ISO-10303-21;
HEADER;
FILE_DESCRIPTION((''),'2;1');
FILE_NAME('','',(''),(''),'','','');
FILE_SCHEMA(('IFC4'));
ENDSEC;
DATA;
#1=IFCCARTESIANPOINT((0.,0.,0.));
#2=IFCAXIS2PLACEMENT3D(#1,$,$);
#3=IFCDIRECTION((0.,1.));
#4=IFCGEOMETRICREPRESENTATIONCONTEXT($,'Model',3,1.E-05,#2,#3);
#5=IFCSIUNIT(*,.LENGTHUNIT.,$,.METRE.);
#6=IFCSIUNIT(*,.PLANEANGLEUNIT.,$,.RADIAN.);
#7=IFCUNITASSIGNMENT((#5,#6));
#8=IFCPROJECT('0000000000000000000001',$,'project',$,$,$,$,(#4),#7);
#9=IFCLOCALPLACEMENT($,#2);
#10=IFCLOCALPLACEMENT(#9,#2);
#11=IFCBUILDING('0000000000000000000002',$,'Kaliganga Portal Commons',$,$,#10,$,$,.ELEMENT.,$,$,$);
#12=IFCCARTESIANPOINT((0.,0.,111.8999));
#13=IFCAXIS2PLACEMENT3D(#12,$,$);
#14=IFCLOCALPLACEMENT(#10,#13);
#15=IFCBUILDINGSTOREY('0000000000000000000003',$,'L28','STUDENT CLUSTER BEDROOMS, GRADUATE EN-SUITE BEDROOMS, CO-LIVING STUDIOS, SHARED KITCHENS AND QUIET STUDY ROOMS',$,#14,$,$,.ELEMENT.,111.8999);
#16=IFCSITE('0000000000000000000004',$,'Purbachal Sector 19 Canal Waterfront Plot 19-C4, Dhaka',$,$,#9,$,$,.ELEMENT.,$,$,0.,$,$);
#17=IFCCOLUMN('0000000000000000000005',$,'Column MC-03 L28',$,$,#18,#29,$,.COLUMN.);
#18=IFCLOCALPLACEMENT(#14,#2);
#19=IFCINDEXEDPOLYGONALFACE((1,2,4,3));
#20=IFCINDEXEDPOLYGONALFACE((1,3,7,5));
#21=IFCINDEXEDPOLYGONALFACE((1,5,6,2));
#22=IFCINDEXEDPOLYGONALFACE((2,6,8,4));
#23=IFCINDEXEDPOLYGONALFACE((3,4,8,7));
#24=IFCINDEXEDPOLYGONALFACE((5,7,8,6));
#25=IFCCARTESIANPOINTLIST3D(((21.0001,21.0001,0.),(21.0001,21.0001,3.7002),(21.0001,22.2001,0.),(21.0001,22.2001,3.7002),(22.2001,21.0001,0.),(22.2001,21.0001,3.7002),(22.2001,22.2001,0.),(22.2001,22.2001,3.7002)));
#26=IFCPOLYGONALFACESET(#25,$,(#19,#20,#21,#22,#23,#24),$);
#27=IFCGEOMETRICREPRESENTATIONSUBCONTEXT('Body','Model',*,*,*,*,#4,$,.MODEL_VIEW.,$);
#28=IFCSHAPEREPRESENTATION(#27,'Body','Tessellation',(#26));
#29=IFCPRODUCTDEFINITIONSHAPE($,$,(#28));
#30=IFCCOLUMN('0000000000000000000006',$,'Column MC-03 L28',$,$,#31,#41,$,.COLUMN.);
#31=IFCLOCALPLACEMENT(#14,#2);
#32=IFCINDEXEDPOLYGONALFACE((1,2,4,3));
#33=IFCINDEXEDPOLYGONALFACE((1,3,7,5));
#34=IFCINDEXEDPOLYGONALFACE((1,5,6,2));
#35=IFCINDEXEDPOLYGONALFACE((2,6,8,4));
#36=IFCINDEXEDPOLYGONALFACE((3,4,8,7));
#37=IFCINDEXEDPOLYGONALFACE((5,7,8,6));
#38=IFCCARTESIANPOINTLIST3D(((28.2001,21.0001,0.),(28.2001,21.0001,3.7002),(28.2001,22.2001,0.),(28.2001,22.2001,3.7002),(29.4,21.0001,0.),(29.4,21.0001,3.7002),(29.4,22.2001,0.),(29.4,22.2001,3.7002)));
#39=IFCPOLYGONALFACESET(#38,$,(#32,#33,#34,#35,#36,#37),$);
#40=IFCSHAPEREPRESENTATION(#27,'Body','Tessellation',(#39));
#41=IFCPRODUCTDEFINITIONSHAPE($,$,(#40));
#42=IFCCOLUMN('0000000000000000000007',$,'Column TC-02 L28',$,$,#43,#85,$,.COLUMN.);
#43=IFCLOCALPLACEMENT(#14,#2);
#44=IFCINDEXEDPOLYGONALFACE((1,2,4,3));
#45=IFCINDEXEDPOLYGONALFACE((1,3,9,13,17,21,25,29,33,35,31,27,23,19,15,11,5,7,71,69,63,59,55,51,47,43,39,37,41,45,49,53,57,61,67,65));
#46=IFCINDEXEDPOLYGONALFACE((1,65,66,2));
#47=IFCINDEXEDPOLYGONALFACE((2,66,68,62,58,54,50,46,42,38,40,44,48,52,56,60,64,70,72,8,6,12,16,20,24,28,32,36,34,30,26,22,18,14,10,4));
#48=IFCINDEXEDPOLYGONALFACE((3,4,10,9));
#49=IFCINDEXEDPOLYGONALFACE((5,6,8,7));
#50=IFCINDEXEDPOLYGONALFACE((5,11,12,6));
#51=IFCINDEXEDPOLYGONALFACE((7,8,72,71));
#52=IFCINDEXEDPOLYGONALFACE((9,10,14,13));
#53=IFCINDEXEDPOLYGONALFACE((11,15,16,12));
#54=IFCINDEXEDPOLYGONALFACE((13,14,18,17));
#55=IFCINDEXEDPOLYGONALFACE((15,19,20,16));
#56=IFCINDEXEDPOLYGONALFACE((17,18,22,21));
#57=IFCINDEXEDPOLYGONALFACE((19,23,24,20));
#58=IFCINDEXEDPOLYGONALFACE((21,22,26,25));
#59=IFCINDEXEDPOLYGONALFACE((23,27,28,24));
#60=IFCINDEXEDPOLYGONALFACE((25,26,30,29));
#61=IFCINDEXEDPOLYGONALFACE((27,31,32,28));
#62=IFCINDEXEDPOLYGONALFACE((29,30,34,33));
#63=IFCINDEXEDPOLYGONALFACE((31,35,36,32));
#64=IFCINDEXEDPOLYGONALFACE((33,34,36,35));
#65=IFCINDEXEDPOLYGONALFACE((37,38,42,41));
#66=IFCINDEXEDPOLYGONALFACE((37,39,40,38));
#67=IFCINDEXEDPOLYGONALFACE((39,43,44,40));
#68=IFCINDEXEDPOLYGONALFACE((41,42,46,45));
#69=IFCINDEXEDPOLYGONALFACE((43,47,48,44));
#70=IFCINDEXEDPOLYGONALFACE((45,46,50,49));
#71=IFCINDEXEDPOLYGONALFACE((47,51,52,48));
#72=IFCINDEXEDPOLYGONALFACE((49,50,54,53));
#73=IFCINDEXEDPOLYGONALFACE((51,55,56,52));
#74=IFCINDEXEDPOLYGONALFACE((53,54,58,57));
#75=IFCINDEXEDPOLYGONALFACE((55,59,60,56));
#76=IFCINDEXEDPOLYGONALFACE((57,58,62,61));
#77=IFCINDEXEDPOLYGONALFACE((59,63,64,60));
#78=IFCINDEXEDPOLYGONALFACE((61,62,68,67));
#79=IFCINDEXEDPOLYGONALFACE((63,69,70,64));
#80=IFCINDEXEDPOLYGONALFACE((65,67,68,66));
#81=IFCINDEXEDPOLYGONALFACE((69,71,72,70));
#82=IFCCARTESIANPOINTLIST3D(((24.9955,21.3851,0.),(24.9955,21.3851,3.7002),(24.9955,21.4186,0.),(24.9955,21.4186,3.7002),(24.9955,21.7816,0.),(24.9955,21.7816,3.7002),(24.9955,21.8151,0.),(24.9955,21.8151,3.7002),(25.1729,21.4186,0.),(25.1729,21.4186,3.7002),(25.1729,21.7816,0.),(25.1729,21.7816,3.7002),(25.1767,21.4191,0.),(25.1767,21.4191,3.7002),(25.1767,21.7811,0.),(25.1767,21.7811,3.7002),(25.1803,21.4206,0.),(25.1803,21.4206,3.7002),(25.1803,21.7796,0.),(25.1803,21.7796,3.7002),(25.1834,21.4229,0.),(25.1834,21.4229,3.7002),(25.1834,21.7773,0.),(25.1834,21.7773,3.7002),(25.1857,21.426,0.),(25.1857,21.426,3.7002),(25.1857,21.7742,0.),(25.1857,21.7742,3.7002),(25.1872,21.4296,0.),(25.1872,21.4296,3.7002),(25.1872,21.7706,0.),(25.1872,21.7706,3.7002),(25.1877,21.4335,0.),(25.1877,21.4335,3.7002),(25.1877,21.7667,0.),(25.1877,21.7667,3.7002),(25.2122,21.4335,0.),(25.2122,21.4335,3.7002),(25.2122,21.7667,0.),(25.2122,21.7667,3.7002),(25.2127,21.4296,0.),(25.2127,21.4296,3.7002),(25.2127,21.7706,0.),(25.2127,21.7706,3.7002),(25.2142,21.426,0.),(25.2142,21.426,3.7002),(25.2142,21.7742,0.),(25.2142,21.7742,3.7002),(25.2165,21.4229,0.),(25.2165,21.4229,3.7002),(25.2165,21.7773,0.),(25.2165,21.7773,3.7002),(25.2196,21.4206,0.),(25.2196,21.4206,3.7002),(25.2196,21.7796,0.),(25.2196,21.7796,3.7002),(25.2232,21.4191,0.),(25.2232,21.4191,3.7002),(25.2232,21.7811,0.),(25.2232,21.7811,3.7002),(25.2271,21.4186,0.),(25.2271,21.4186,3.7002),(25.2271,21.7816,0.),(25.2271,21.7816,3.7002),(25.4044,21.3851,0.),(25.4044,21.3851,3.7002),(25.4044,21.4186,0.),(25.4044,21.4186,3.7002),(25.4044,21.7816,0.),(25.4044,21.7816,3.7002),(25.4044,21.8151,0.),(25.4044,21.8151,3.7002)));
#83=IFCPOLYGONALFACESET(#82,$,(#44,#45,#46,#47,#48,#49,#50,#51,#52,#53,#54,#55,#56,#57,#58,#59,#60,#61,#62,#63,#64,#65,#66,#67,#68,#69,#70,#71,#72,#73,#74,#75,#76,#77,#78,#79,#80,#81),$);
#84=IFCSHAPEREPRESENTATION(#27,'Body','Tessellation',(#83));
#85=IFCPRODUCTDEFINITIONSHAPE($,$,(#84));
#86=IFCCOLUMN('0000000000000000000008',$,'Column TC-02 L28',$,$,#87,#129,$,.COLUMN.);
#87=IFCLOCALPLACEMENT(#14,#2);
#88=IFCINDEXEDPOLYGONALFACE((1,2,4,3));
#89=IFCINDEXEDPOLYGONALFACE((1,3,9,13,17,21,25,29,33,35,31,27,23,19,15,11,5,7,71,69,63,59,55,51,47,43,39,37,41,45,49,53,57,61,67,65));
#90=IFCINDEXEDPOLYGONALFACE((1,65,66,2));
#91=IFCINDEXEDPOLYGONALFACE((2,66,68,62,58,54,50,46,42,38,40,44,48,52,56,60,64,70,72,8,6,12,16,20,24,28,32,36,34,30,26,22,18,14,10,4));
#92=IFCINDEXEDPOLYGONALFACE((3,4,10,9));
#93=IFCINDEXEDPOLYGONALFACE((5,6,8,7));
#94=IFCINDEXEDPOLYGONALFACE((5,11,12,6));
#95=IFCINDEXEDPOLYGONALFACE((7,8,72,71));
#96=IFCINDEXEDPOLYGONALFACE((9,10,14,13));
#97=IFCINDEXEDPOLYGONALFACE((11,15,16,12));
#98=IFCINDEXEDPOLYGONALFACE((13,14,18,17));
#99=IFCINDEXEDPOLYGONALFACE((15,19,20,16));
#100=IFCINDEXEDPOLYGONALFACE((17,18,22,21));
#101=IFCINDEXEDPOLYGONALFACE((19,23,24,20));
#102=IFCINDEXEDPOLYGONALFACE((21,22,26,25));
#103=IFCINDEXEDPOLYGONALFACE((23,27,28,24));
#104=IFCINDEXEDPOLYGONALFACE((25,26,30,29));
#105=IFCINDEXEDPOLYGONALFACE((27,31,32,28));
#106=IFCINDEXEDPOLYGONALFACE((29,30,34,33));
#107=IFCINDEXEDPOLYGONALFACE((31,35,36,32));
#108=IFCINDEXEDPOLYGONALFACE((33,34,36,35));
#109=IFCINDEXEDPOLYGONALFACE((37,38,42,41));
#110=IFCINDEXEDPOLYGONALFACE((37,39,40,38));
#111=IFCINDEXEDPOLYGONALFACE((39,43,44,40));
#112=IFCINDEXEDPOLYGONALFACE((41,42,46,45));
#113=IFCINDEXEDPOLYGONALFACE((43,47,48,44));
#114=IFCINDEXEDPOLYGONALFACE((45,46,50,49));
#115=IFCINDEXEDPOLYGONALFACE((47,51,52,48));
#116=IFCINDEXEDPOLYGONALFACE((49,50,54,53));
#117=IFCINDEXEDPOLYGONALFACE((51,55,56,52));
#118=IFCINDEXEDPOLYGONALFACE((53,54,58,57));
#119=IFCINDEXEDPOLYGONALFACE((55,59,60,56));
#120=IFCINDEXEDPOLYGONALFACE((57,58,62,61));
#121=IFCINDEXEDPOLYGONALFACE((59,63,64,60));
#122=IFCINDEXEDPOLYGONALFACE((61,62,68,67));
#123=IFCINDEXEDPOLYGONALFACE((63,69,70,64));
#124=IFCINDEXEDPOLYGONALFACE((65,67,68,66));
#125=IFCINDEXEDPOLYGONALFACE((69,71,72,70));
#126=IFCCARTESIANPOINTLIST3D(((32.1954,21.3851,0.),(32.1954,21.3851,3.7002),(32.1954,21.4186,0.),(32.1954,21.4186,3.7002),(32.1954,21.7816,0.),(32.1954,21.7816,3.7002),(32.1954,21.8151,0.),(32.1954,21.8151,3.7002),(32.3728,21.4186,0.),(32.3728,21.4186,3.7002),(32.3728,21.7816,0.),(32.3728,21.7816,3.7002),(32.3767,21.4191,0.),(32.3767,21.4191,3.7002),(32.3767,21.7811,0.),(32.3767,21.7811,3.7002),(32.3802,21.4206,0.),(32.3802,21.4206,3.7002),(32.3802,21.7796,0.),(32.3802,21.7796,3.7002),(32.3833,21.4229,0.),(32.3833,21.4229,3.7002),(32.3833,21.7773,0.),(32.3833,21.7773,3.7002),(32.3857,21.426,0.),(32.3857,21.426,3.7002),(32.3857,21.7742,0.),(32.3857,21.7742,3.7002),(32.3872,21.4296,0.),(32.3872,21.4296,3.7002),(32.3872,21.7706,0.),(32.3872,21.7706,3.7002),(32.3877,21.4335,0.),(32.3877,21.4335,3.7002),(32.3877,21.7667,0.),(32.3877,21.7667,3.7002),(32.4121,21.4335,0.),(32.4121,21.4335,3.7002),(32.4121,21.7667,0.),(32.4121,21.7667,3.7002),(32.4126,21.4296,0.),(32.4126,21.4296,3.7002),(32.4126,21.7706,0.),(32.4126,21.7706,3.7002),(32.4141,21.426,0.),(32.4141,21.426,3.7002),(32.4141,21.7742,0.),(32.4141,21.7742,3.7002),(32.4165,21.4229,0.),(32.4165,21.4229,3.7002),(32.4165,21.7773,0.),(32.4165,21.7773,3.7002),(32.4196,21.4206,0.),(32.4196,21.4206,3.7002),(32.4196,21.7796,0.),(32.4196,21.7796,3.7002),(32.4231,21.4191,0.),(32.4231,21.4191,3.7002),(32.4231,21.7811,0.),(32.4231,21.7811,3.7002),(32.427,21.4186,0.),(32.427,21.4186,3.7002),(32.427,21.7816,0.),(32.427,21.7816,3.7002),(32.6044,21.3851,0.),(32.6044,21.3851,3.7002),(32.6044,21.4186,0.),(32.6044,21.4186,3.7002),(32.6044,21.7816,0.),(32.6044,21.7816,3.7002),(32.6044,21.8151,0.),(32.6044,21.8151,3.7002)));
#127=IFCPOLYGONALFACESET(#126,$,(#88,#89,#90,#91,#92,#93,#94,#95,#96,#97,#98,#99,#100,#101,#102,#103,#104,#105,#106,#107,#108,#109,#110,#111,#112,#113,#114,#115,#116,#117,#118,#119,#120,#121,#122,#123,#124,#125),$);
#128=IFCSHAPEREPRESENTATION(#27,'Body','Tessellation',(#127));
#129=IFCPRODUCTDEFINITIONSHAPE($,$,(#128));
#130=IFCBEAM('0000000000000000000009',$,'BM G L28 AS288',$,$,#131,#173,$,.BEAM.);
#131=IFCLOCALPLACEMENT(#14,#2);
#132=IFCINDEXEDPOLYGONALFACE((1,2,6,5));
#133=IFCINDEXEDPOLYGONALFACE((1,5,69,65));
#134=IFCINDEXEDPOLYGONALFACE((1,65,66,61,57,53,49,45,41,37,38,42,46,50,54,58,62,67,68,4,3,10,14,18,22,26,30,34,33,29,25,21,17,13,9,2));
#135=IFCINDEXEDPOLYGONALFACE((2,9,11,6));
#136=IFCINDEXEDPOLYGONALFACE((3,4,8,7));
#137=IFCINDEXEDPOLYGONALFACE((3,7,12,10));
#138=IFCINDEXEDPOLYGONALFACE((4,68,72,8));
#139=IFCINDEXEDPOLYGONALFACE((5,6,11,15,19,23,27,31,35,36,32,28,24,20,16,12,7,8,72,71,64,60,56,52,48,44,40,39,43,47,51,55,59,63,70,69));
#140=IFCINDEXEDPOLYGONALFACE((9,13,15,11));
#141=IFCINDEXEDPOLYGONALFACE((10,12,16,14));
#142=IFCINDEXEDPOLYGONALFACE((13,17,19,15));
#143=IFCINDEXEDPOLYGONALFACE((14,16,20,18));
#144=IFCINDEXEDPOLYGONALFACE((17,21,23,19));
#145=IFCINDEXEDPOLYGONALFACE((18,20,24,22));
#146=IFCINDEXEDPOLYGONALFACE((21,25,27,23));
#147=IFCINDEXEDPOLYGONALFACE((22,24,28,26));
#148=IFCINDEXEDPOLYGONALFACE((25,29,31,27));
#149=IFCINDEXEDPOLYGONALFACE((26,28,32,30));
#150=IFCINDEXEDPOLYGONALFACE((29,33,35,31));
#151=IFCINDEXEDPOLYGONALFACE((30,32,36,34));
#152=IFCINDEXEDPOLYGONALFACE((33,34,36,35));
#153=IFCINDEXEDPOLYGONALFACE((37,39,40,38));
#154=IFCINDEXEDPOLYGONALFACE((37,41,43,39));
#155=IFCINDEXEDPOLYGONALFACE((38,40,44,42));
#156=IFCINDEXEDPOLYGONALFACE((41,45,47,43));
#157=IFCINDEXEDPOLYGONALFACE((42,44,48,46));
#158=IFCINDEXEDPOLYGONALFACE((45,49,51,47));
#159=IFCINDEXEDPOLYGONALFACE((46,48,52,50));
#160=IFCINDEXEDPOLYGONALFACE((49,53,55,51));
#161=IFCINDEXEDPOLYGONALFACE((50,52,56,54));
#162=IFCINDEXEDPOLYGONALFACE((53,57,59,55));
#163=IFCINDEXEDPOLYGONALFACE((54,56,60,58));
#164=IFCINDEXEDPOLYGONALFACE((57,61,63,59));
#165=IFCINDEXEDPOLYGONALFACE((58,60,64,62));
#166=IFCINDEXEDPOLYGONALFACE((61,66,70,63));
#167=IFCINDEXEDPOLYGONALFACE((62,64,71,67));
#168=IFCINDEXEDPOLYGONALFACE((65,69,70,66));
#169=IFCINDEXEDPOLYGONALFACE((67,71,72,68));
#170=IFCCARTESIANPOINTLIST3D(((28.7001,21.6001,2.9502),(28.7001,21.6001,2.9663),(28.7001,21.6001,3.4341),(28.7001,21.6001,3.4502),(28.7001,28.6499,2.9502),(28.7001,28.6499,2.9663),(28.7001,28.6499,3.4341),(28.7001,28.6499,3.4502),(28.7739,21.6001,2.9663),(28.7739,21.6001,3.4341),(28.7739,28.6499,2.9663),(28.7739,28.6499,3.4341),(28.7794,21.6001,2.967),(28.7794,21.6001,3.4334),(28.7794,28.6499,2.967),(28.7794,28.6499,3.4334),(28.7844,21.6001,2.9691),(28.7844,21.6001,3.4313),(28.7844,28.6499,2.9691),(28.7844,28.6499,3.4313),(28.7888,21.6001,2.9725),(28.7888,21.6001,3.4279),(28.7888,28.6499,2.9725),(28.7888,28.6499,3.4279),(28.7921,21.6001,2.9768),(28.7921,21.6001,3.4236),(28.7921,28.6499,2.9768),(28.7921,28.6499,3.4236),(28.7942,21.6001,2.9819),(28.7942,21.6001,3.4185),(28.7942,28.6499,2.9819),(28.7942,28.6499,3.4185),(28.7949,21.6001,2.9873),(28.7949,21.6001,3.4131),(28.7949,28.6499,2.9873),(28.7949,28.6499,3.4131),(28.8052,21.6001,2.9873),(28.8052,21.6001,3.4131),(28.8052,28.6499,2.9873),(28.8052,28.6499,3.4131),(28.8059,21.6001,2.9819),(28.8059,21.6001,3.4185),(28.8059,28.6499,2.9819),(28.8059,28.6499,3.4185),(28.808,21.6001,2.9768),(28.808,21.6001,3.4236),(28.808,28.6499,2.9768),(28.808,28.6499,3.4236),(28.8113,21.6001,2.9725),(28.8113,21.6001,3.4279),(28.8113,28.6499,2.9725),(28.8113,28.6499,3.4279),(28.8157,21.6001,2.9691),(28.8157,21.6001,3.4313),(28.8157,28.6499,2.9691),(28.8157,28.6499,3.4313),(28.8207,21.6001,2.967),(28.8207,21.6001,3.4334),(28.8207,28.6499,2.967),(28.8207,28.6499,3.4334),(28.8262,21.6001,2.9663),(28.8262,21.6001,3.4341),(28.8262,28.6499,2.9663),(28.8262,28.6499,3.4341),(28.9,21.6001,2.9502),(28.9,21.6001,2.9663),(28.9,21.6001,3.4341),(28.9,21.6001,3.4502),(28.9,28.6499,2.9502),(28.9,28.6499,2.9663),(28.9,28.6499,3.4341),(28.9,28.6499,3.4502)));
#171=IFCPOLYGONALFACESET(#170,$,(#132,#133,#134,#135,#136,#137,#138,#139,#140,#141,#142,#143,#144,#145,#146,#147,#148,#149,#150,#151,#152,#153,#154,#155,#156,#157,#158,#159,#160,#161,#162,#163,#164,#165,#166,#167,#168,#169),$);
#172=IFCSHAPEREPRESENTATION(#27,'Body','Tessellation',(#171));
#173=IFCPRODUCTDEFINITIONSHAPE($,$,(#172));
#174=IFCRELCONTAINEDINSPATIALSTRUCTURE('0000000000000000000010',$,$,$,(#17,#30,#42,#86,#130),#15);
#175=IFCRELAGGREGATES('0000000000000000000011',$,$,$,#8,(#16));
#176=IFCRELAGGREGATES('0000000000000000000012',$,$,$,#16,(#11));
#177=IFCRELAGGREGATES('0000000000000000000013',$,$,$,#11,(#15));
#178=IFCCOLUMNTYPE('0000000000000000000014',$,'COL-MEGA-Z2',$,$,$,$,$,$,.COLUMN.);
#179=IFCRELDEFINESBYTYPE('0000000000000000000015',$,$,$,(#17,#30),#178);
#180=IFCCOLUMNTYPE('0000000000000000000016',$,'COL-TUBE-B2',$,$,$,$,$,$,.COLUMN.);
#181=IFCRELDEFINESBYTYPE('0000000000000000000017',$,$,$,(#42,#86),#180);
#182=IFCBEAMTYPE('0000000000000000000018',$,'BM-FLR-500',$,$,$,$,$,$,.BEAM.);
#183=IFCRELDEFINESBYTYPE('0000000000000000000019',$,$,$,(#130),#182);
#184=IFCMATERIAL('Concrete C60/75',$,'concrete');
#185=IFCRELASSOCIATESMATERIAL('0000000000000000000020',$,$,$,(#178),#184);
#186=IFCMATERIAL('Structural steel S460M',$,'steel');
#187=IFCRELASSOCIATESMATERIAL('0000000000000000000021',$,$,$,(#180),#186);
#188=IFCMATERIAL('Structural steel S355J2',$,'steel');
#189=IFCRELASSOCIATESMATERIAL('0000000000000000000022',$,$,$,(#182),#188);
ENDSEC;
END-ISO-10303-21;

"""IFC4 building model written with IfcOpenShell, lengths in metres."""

from ifc_helpers import new_model, si_unit, direction, frame, origin, origin_2d, place, context, subcontext, project, spatial, rectangle, i_section, extrude, source, transform, mapped, material, material_profile, profile_set, type_object, element, save


model = new_model("IFC4")

# Units and contexts
model_context = context("Model", 3, precision=1e-05, world=origin(), true_north=direction((0.0, 1.0)))
body_context = subcontext(model_context, "Body", "Model", "MODEL_VIEW")
ifc_project = project(units=[si_unit("LENGTHUNIT", "METRE"), si_unit("PLANEANGLEUNIT", "RADIAN")], contexts=[model_context])

# Site, building, storey
site_placement = place(None, origin())
site = spatial("IfcSite", under=ifc_project, at=site_placement, Name="Purbachal Sector 19 Canal Waterfront Plot 19-C4, Dhaka", CompositionType="ELEMENT", RefElevation=0.0)
building_placement = place(site_placement, origin())
building = spatial("IfcBuilding", under=site, at=building_placement, Name="Kaliganga Portal Commons", CompositionType="ELEMENT")
storey_placement = place(building_placement, frame((0.0, 0.0, 111.8999)))
storey = spatial("IfcBuildingStorey", under=building, at=storey_placement, Name="L28", Description="STUDENT CLUSTER BEDROOMS, GRADUATE EN-SUITE BEDROOMS, CO-LIVING STUDIOS, SHARED KITCHENS AND QUIET STUDY ROOMS", CompositionType="ELEMENT", Elevation=111.8999)

# Columns
ifc_material_1 = material(Name="Concrete C60/75", Category="concrete")
ifc_material_profile_1 = material_profile(ifc_material_1, rectangle(XDim=1.2, YDim=1.2, at=origin_2d()), Name="RC 1200x1200")
ifc_profile_set_1 = profile_set([ifc_material_profile_1], Name="Concrete C60/75")
column_type_1 = type_object("IfcColumnType", Name="COL-MEGA-Z2", PredefinedType="COLUMN", material=ifc_profile_set_1)
shared_shape_1 = source(origin(), body_context, "Body", "SweptSolid", [
    extrude(rectangle(XDim=1.2, YDim=1.2, at=origin_2d()), origin(), (0.0, 0.0, 1.0), 3.7002),
])
for number, where, z_axis, x_axis, name in (
    (1, (21.6001, 21.6001, 0.0), (0.0, 0.0, 1.0), (1.0, 0.0, 0.0), "Column MC-03 L28"),
    (2, (28.8, 21.6001, 0.0), (0.0, 0.0, 1.0), (1.0, 0.0, 0.0), "Column MC-03 L28"),
):
    element("IfcColumn", number, at=place(storey_placement, frame(where, z_axis=z_axis, x_axis=x_axis)), inside=storey, type_object=column_type_1, Name=name, PredefinedType="COLUMN", context=body_context, shape_type="MappedRepresentation", body=[
        mapped(shared_shape_1, transform((0.0, 0.0, 0.0), x_axis=(1.0, 0.0, 0.0), y_axis=(0.0, 1.0, 0.0), z_axis=(0.0, 0.0, 1.0), scale=1.0)),
    ])
ifc_material_2 = material(Name="Structural steel S460M", Category="steel")
ifc_material_profile_2 = material_profile(ifc_material_2, i_section(OverallWidth=0.4089, OverallDepth=0.4299, WebThickness=0.0244, FlangeThickness=0.0334, FilletRadius=0.0149, at=origin_2d()), Name="HD 400x421")
ifc_profile_set_2 = profile_set([ifc_material_profile_2], Name="Structural steel S460M wide-flange")
column_type_2 = type_object("IfcColumnType", Name="COL-TUBE-B2", PredefinedType="COLUMN", material=ifc_profile_set_2)
shared_shape_2 = source(origin(), body_context, "Body", "SweptSolid", [
    extrude(i_section(OverallWidth=0.4089, OverallDepth=0.4299, WebThickness=0.0244, FlangeThickness=0.0334, FilletRadius=0.0149, at=origin_2d()), origin(), (0.0, 0.0, 1.0), 3.7002),
])
for number, where, z_axis, x_axis, name in (
    (3, (25.2, 21.6001, 0.0), (0.0, 0.0, 1.0), (1.0, 0.0, 0.0), "Column TC-02 L28"),
    (4, (32.3999, 21.6001, 0.0), (0.0, 0.0, 1.0), (1.0, 0.0, 0.0), "Column TC-02 L28"),
):
    element("IfcColumn", number, at=place(storey_placement, frame(where, z_axis=z_axis, x_axis=x_axis)), inside=storey, type_object=column_type_2, Name=name, PredefinedType="COLUMN", context=body_context, shape_type="MappedRepresentation", body=[
        mapped(shared_shape_2, transform((0.0, 0.0, 0.0), x_axis=(1.0, 0.0, 0.0), y_axis=(0.0, 1.0, 0.0), z_axis=(0.0, 0.0, 1.0), scale=1.0)),
    ])

# Beam
ifc_material_3 = material(Name="Structural steel S355J2", Category="steel")
ifc_material_profile_3 = material_profile(ifc_material_3, i_section(OverallWidth=0.2, OverallDepth=0.5, WebThickness=0.0103, FlangeThickness=0.0161, FilletRadius=0.021, at=origin_2d()), Name="IPE 500")
ifc_profile_set_3 = profile_set([ifc_material_profile_3], Name="Structural steel S355J2 wide-flange")
beam_type_1 = type_object("IfcBeamType", Name="BM-FLR-500", PredefinedType="BEAM", material=ifc_profile_set_3)
shared_shape_3 = source(origin(), body_context, "Body", "SweptSolid", [
    extrude(i_section(OverallWidth=0.2, OverallDepth=0.5, WebThickness=0.0103, FlangeThickness=0.0161, FilletRadius=0.021, at=origin_2d()), origin(), (0.0, 0.0, 1.0), 7.0498),
])
beam_1_placement = place(storey_placement, frame((28.8, 21.6001, 3.2002), z_axis=(0.0, 1.0, 0.0), x_axis=(-1.0, 0.0, 0.0)))
element("IfcBeam", 5, at=beam_1_placement, inside=storey, type_object=beam_type_1, Name="BM G L28 AS288", PredefinedType="BEAM", context=body_context, shape_type="MappedRepresentation", body=[
    mapped(shared_shape_3, transform((0.0, 0.0, 0.0), x_axis=(1.0, 0.0, 0.0), y_axis=(0.0, 1.0, 0.0), z_axis=(0.0, 0.0, 1.0), scale=1.0)),
])

save(model, "model.ifc")
